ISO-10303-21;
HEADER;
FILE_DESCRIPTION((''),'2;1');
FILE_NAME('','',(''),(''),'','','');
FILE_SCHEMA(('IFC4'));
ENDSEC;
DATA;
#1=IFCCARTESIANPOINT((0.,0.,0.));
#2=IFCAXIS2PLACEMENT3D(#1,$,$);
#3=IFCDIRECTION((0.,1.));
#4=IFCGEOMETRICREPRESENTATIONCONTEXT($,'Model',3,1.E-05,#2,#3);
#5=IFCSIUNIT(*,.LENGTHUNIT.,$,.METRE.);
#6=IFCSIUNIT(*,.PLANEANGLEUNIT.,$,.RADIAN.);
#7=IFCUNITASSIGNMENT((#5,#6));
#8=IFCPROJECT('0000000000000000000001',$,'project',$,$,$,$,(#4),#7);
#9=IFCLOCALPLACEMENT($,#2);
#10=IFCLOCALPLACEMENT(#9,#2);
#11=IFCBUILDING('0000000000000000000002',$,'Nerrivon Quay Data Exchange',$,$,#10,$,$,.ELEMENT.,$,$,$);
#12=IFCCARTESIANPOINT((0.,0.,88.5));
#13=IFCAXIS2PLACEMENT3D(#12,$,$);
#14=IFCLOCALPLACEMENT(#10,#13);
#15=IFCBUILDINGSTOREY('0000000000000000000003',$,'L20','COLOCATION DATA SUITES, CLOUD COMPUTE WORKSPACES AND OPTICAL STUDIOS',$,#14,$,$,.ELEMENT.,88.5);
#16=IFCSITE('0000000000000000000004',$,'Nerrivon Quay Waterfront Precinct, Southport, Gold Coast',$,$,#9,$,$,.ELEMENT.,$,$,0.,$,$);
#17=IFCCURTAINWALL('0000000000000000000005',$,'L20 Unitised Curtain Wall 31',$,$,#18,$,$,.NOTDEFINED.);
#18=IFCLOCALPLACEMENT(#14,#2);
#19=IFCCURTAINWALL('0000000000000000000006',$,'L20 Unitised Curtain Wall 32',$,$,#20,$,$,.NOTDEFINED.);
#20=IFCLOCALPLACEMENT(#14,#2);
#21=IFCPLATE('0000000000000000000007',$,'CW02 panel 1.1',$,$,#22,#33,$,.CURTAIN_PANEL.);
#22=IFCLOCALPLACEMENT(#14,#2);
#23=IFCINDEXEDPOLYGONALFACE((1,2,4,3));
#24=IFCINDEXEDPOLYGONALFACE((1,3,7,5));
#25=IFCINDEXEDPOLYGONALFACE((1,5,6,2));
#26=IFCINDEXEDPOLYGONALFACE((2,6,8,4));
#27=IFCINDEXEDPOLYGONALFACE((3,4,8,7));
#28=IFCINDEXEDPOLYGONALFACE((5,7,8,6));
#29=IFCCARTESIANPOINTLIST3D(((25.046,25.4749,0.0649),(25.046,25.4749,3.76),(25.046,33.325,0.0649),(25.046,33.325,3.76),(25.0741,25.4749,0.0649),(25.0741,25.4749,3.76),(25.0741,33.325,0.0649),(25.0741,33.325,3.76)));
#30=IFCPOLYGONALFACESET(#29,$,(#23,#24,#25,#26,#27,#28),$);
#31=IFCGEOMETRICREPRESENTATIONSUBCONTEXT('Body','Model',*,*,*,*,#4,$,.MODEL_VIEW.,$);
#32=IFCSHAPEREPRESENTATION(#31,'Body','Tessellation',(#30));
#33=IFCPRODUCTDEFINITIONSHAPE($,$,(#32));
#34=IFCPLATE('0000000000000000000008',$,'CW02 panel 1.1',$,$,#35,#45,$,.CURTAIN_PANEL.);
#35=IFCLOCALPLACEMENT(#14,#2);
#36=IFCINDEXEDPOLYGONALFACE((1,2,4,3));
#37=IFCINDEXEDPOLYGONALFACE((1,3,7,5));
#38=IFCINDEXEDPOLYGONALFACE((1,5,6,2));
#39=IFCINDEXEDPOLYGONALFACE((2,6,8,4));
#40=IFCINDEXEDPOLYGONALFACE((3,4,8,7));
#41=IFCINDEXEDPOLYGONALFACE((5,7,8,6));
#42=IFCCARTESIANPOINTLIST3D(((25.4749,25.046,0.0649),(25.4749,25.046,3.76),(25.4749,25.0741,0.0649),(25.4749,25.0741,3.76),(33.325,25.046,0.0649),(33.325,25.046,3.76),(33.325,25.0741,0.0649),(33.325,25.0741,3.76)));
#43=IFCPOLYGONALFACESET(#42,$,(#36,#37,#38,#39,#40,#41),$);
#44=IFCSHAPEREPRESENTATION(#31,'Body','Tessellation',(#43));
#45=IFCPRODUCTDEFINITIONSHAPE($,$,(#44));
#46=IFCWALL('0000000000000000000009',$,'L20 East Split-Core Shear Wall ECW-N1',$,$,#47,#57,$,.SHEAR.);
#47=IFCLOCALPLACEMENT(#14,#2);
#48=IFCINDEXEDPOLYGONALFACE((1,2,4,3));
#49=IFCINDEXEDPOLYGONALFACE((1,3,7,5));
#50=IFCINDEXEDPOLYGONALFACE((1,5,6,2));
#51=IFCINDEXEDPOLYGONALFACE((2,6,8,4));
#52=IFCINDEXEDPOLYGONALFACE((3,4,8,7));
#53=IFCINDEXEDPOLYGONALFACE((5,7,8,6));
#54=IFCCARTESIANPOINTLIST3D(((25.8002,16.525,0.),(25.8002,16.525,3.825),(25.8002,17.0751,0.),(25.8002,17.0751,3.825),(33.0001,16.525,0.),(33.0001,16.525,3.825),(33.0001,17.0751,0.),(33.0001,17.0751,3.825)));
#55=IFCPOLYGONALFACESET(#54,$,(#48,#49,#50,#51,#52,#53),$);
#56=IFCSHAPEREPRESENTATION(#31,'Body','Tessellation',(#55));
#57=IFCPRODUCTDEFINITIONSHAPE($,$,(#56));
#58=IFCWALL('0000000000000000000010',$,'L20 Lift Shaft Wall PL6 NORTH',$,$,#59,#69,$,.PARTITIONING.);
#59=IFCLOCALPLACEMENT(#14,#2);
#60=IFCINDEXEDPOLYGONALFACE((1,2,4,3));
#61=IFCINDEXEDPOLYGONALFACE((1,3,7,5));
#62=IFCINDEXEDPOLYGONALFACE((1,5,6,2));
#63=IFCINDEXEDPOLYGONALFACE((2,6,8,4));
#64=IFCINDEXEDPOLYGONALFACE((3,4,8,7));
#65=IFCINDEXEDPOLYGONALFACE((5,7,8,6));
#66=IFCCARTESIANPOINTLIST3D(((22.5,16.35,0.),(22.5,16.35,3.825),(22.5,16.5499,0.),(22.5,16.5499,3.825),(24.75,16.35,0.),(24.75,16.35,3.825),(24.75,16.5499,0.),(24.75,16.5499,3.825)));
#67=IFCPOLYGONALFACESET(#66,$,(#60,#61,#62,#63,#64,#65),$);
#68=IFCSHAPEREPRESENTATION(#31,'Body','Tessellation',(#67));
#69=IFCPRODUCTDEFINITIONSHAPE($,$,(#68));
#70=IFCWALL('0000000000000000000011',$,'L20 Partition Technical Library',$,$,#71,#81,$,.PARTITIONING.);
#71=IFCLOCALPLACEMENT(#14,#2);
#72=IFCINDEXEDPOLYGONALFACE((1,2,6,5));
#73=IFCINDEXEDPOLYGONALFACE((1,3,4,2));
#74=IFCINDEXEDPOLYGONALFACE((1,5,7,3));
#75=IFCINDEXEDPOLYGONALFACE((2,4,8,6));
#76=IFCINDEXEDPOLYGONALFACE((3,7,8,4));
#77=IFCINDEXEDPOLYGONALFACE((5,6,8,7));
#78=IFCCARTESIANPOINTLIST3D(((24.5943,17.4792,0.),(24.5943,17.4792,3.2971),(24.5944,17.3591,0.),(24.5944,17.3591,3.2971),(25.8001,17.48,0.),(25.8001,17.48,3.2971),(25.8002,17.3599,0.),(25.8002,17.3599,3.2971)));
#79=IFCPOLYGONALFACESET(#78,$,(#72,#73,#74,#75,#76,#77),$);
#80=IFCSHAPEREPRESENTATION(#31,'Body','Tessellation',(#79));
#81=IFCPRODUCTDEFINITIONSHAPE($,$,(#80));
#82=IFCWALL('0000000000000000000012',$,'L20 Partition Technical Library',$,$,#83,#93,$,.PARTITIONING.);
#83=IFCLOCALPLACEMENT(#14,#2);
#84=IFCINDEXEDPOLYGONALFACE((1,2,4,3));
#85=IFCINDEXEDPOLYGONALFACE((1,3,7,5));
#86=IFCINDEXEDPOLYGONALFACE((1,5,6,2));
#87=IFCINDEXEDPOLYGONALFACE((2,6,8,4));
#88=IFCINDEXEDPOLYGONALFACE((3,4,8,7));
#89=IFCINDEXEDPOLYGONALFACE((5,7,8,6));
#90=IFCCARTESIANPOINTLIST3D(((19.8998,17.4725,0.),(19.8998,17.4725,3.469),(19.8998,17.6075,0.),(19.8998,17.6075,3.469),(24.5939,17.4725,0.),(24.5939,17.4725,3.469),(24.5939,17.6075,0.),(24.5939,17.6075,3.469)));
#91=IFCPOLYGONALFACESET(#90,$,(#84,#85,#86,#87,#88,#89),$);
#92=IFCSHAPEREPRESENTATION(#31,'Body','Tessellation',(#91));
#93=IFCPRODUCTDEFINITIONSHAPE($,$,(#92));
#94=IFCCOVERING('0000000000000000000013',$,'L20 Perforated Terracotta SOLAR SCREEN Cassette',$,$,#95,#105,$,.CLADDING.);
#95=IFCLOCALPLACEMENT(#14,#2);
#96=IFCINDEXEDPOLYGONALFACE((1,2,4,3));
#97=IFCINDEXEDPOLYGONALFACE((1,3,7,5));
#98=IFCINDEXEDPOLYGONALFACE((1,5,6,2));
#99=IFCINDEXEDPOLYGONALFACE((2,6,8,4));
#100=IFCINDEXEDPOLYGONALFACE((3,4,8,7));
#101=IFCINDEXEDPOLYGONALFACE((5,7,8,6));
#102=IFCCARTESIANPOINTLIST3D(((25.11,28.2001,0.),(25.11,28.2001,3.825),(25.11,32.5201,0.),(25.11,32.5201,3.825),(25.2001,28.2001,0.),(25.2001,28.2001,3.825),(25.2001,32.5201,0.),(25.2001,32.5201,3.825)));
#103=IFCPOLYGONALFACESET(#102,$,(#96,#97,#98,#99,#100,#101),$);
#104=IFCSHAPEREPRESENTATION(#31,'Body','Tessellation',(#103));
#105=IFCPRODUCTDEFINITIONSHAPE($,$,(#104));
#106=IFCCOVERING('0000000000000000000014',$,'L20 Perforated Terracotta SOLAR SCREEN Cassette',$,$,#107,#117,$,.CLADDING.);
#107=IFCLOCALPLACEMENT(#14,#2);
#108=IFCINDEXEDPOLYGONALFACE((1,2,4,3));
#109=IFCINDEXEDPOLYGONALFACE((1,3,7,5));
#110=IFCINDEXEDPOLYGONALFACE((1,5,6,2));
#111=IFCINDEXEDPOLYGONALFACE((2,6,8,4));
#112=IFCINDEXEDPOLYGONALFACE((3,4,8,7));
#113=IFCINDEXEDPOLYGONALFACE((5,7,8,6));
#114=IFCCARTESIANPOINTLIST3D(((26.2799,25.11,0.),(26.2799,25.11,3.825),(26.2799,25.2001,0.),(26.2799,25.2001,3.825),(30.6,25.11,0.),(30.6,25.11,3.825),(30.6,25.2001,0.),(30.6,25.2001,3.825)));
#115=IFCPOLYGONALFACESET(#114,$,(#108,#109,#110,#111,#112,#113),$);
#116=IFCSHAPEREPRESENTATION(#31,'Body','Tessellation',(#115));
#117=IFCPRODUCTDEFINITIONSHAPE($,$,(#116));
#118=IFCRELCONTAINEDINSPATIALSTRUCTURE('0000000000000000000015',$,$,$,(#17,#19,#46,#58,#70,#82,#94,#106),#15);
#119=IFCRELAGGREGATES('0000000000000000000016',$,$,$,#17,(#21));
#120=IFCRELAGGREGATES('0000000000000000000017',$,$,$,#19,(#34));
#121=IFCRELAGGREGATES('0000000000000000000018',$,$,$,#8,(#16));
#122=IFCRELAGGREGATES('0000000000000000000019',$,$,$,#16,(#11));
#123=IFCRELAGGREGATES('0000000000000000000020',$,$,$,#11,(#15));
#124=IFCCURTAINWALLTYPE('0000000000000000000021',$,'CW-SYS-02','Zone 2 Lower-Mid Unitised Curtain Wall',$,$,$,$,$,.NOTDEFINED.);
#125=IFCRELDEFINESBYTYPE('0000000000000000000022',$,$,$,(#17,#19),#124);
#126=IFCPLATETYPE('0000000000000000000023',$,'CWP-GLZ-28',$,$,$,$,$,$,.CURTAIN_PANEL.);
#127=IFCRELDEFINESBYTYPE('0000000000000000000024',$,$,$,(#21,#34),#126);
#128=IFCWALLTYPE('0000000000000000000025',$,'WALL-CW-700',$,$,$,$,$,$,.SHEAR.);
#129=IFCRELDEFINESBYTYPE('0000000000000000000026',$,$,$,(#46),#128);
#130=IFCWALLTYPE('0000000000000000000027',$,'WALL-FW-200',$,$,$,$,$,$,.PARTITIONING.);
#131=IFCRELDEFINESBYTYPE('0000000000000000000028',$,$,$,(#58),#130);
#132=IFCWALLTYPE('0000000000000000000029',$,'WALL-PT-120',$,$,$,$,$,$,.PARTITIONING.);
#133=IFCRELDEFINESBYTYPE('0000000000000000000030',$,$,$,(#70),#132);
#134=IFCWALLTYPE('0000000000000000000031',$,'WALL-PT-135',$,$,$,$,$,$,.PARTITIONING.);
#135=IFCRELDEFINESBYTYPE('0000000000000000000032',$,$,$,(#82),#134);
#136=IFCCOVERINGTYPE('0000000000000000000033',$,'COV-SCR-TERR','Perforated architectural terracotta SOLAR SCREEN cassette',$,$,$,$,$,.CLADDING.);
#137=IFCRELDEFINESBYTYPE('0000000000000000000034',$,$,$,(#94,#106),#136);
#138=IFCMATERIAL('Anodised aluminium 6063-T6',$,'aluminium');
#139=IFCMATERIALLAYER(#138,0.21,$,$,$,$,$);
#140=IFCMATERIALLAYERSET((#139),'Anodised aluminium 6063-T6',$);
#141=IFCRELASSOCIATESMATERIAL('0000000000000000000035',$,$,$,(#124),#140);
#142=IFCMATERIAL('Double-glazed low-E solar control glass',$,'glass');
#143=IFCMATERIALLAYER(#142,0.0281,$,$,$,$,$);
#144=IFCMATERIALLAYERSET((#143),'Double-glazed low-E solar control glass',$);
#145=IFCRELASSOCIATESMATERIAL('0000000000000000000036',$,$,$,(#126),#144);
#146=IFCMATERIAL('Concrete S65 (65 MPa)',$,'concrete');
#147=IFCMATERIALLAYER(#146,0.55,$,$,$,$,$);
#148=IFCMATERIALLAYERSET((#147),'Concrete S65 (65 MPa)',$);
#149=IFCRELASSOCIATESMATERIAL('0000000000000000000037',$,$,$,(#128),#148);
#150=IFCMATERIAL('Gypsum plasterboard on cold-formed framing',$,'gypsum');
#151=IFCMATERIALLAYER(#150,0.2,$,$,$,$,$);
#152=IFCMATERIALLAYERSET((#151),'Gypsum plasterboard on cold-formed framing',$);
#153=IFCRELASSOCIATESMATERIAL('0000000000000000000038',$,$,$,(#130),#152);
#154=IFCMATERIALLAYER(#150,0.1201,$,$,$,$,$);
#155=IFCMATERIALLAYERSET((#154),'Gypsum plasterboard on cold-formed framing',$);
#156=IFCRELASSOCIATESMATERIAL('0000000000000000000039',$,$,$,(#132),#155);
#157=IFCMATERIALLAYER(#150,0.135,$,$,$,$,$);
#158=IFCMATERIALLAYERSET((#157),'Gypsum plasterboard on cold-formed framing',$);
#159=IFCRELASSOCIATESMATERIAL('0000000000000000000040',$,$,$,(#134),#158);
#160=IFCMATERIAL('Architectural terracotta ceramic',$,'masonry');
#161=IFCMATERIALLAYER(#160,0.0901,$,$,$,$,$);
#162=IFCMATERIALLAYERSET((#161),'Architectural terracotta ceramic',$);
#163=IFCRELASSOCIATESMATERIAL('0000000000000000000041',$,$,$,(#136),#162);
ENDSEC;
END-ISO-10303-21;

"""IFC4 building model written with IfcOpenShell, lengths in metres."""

from ifc_helpers import new_model, si_unit, direction, frame, frame_2d, origin, origin_2d, place, context, subcontext, project, spatial, rectangle, extrude, material, layer, layer_set, type_object, element, aggregate, save


model = new_model("IFC4")

# Units and contexts
model_context = context("Model", 3, precision=1e-05, world=origin(), true_north=direction((0.0, 1.0)))
body_context = subcontext(model_context, "Body", "Model", "MODEL_VIEW")
ifc_project = project(units=[si_unit("LENGTHUNIT", "METRE"), si_unit("PLANEANGLEUNIT", "RADIAN")], contexts=[model_context])

# Site, building, storey
site_placement = place(None, origin())
site = spatial("IfcSite", under=ifc_project, at=site_placement, Name="Nerrivon Quay Waterfront Precinct, Southport, Gold Coast", CompositionType="ELEMENT", RefElevation=0.0)
building_placement = place(site_placement, origin())
building = spatial("IfcBuilding", under=site, at=building_placement, Name="Nerrivon Quay Data Exchange", CompositionType="ELEMENT")
storey_placement = place(building_placement, frame((0.0, 0.0, 88.5)))
storey = spatial("IfcBuildingStorey", under=building, at=storey_placement, Name="L20", Description="COLOCATION DATA SUITES, CLOUD COMPUTE WORKSPACES AND OPTICAL STUDIOS", CompositionType="ELEMENT", Elevation=88.5)

# Shared definitions
ifc_material_1 = material(Name="Concrete S65 (65 MPa)", Category="concrete")

# Curtain walls
ifc_material_2 = material(Name="Anodised aluminium 6063-T6", Category="aluminium")
ifc_layer_1 = layer(ifc_material_2, 0.21)
ifc_layer_set_1 = layer_set([ifc_layer_1], Name="Anodised aluminium 6063-T6")
curtain_wall_type = type_object("IfcCurtainWallType", Name="CW-SYS-02", Description="Zone 2 Lower-Mid Unitised Curtain Wall", PredefinedType="NOTDEFINED", material=ifc_layer_set_1)
curtain_wall_1_placement = place(storey_placement, origin())
curtain_wall_1 = element("IfcCurtainWall", 1, at=curtain_wall_1_placement, inside=storey, type_object=curtain_wall_type, Name="L20 Unitised Curtain Wall 31", PredefinedType="NOTDEFINED")
curtain_wall_2_placement = place(storey_placement, origin())
curtain_wall_2 = element("IfcCurtainWall", 2, at=curtain_wall_2_placement, inside=storey, type_object=curtain_wall_type, Name="L20 Unitised Curtain Wall 32", PredefinedType="NOTDEFINED")

# Plates
ifc_material_3 = material(Name="Double-glazed low-E solar control glass", Category="glass")
ifc_layer_2 = layer(ifc_material_3, 0.0281)
ifc_layer_set_2 = layer_set([ifc_layer_2], Name="Double-glazed low-E solar control glass")
plate_type = type_object("IfcPlateType", Name="CWP-GLZ-28", PredefinedType="CURTAIN_PANEL", material=ifc_layer_set_2)
plate_1_placement = place(storey_placement, frame((25.0601, 29.3999, 0.0649), z_axis=(0.0, 0.0, 1.0), x_axis=(0.0, -1.0, 0.0)))
plate_1 = element("IfcPlate", 3, at=plate_1_placement, type_object=plate_type, Name="CW02 panel 1.1", PredefinedType="CURTAIN_PANEL", context=body_context, shape_type="SweptSolid", body=[
    extrude(rectangle(XDim=7.8501, YDim=0.0281, at=origin_2d()), origin(), (0.0, 0.0, 1.0), 3.6951),
])
aggregate(curtain_wall_1, [plate_1])
plate_2_placement = place(storey_placement, frame((29.3999, 25.0601, 0.0649), z_axis=(0.0, 0.0, 1.0), x_axis=(1.0, 0.0, 0.0)))
plate_2 = element("IfcPlate", 4, at=plate_2_placement, type_object=plate_type, Name="CW02 panel 1.1", PredefinedType="CURTAIN_PANEL", context=body_context, shape_type="SweptSolid", body=[
    extrude(rectangle(XDim=7.8501, YDim=0.0281, at=origin_2d()), origin(), (0.0, 0.0, 1.0), 3.6951),
])
aggregate(curtain_wall_2, [plate_2])

# Walls
ifc_layer_3 = layer(ifc_material_1, 0.55)
ifc_layer_set_3 = layer_set([ifc_layer_3], Name="Concrete S65 (65 MPa)")
wall_type_1 = type_object("IfcWallType", Name="WALL-CW-700", PredefinedType="SHEAR", material=ifc_layer_set_3)
wall_1_placement = place(storey_placement, frame((25.8, 16.8, 0.0), z_axis=(0.0, 0.0, 1.0), x_axis=(1.0, 0.0, 0.0)))
element("IfcWall", 5, at=wall_1_placement, inside=storey, type_object=wall_type_1, Name="L20 East Split-Core Shear Wall ECW-N1", PredefinedType="SHEAR", context=body_context, shape_type="SweptSolid", body=[
    extrude(rectangle(XDim=7.2, YDim=0.55, at=frame_2d((3.6001, 0.0))), origin(), (0.0, 0.0, 1.0), 3.825),
])
ifc_material_4 = material(Name="Gypsum plasterboard on cold-formed framing", Category="gypsum")
ifc_layer_4 = layer(ifc_material_4, 0.2)
ifc_layer_set_4 = layer_set([ifc_layer_4], Name="Gypsum plasterboard on cold-formed framing")
wall_type_2 = type_object("IfcWallType", Name="WALL-FW-200", PredefinedType="PARTITIONING", material=ifc_layer_set_4)
wall_2_placement = place(storey_placement, frame((22.5, 16.45, 0.0), z_axis=(0.0, 0.0, 1.0), x_axis=(1.0, 0.0, 0.0)))
element("IfcWall", 6, at=wall_2_placement, inside=storey, type_object=wall_type_2, Name="L20 Lift Shaft Wall PL6 NORTH", PredefinedType="PARTITIONING", context=body_context, shape_type="SweptSolid", body=[
    extrude(rectangle(XDim=2.25, YDim=0.2, at=frame_2d((1.125, 0.0))), origin(), (0.0, 0.0, 1.0), 3.825),
])
ifc_layer_5 = layer(ifc_material_4, 0.1201)
ifc_layer_set_5 = layer_set([ifc_layer_5], Name="Gypsum plasterboard on cold-formed framing")
wall_type_3 = type_object("IfcWallType", Name="WALL-PT-120", PredefinedType="PARTITIONING", material=ifc_layer_set_5)
wall_3_placement = place(storey_placement, frame((24.5942, 17.4192, 0.0), z_axis=(0.0, 0.0, 1.0), x_axis=(1.0, 0.000607, 0.0)))
element("IfcWall", 7, at=wall_3_placement, inside=storey, type_object=wall_type_3, Name="L20 Partition Technical Library", PredefinedType="PARTITIONING", context=body_context, shape_type="SweptSolid", body=[
    extrude(rectangle(XDim=1.2058, YDim=0.1201, at=frame_2d((0.603, 0.0))), origin(), (0.0, 0.0, 1.0), 3.2971),
])
ifc_layer_6 = layer(ifc_material_4, 0.135)
ifc_layer_set_6 = layer_set([ifc_layer_6], Name="Gypsum plasterboard on cold-formed framing")
wall_type_4 = type_object("IfcWallType", Name="WALL-PT-135", PredefinedType="PARTITIONING", material=ifc_layer_set_6)
wall_4_placement = place(storey_placement, frame((24.594, 17.54, 0.0), z_axis=(0.0, 0.0, 1.0), x_axis=(-1.0, 0.0, 0.0)))
element("IfcWall", 8, at=wall_4_placement, inside=storey, type_object=wall_type_4, Name="L20 Partition Technical Library", PredefinedType="PARTITIONING", context=body_context, shape_type="SweptSolid", body=[
    extrude(rectangle(XDim=4.6941, YDim=0.135, at=frame_2d((2.3472, 0.0))), origin(), (0.0, 0.0, 1.0), 3.469),
])

# Coverings
ifc_material_5 = material(Name="Architectural terracotta ceramic", Category="masonry")
ifc_layer_7 = layer(ifc_material_5, 0.0901)
ifc_layer_set_7 = layer_set([ifc_layer_7], Name="Architectural terracotta ceramic")
covering_type = type_object("IfcCoveringType", Name="COV-SCR-TERR", Description="Perforated architectural terracotta SOLAR SCREEN cassette", PredefinedType="CLADDING", material=ifc_layer_set_7)
for number, where, z_axis, x_axis, name in (
    (9, (25.155, 30.3601, 0.0), (0.0, 0.0, 1.0), (0.0, -1.0, 0.0), "L20 Perforated Terracotta SOLAR SCREEN Cassette"),
    (10, (28.4399, 25.155, 0.0), (0.0, 0.0, 1.0), (1.0, 0.0, 0.0), "L20 Perforated Terracotta SOLAR SCREEN Cassette"),
):
    element("IfcCovering", number, at=place(storey_placement, frame(where, z_axis=z_axis, x_axis=x_axis)), inside=storey, type_object=covering_type, Name=name, PredefinedType="CLADDING", context=body_context, shape_type="SweptSolid", body=[
        extrude(rectangle(XDim=4.3201, YDim=0.0901, at=origin_2d()), origin(), (0.0, 0.0, 1.0), 3.825),
    ])

save(model, "model.ifc")
